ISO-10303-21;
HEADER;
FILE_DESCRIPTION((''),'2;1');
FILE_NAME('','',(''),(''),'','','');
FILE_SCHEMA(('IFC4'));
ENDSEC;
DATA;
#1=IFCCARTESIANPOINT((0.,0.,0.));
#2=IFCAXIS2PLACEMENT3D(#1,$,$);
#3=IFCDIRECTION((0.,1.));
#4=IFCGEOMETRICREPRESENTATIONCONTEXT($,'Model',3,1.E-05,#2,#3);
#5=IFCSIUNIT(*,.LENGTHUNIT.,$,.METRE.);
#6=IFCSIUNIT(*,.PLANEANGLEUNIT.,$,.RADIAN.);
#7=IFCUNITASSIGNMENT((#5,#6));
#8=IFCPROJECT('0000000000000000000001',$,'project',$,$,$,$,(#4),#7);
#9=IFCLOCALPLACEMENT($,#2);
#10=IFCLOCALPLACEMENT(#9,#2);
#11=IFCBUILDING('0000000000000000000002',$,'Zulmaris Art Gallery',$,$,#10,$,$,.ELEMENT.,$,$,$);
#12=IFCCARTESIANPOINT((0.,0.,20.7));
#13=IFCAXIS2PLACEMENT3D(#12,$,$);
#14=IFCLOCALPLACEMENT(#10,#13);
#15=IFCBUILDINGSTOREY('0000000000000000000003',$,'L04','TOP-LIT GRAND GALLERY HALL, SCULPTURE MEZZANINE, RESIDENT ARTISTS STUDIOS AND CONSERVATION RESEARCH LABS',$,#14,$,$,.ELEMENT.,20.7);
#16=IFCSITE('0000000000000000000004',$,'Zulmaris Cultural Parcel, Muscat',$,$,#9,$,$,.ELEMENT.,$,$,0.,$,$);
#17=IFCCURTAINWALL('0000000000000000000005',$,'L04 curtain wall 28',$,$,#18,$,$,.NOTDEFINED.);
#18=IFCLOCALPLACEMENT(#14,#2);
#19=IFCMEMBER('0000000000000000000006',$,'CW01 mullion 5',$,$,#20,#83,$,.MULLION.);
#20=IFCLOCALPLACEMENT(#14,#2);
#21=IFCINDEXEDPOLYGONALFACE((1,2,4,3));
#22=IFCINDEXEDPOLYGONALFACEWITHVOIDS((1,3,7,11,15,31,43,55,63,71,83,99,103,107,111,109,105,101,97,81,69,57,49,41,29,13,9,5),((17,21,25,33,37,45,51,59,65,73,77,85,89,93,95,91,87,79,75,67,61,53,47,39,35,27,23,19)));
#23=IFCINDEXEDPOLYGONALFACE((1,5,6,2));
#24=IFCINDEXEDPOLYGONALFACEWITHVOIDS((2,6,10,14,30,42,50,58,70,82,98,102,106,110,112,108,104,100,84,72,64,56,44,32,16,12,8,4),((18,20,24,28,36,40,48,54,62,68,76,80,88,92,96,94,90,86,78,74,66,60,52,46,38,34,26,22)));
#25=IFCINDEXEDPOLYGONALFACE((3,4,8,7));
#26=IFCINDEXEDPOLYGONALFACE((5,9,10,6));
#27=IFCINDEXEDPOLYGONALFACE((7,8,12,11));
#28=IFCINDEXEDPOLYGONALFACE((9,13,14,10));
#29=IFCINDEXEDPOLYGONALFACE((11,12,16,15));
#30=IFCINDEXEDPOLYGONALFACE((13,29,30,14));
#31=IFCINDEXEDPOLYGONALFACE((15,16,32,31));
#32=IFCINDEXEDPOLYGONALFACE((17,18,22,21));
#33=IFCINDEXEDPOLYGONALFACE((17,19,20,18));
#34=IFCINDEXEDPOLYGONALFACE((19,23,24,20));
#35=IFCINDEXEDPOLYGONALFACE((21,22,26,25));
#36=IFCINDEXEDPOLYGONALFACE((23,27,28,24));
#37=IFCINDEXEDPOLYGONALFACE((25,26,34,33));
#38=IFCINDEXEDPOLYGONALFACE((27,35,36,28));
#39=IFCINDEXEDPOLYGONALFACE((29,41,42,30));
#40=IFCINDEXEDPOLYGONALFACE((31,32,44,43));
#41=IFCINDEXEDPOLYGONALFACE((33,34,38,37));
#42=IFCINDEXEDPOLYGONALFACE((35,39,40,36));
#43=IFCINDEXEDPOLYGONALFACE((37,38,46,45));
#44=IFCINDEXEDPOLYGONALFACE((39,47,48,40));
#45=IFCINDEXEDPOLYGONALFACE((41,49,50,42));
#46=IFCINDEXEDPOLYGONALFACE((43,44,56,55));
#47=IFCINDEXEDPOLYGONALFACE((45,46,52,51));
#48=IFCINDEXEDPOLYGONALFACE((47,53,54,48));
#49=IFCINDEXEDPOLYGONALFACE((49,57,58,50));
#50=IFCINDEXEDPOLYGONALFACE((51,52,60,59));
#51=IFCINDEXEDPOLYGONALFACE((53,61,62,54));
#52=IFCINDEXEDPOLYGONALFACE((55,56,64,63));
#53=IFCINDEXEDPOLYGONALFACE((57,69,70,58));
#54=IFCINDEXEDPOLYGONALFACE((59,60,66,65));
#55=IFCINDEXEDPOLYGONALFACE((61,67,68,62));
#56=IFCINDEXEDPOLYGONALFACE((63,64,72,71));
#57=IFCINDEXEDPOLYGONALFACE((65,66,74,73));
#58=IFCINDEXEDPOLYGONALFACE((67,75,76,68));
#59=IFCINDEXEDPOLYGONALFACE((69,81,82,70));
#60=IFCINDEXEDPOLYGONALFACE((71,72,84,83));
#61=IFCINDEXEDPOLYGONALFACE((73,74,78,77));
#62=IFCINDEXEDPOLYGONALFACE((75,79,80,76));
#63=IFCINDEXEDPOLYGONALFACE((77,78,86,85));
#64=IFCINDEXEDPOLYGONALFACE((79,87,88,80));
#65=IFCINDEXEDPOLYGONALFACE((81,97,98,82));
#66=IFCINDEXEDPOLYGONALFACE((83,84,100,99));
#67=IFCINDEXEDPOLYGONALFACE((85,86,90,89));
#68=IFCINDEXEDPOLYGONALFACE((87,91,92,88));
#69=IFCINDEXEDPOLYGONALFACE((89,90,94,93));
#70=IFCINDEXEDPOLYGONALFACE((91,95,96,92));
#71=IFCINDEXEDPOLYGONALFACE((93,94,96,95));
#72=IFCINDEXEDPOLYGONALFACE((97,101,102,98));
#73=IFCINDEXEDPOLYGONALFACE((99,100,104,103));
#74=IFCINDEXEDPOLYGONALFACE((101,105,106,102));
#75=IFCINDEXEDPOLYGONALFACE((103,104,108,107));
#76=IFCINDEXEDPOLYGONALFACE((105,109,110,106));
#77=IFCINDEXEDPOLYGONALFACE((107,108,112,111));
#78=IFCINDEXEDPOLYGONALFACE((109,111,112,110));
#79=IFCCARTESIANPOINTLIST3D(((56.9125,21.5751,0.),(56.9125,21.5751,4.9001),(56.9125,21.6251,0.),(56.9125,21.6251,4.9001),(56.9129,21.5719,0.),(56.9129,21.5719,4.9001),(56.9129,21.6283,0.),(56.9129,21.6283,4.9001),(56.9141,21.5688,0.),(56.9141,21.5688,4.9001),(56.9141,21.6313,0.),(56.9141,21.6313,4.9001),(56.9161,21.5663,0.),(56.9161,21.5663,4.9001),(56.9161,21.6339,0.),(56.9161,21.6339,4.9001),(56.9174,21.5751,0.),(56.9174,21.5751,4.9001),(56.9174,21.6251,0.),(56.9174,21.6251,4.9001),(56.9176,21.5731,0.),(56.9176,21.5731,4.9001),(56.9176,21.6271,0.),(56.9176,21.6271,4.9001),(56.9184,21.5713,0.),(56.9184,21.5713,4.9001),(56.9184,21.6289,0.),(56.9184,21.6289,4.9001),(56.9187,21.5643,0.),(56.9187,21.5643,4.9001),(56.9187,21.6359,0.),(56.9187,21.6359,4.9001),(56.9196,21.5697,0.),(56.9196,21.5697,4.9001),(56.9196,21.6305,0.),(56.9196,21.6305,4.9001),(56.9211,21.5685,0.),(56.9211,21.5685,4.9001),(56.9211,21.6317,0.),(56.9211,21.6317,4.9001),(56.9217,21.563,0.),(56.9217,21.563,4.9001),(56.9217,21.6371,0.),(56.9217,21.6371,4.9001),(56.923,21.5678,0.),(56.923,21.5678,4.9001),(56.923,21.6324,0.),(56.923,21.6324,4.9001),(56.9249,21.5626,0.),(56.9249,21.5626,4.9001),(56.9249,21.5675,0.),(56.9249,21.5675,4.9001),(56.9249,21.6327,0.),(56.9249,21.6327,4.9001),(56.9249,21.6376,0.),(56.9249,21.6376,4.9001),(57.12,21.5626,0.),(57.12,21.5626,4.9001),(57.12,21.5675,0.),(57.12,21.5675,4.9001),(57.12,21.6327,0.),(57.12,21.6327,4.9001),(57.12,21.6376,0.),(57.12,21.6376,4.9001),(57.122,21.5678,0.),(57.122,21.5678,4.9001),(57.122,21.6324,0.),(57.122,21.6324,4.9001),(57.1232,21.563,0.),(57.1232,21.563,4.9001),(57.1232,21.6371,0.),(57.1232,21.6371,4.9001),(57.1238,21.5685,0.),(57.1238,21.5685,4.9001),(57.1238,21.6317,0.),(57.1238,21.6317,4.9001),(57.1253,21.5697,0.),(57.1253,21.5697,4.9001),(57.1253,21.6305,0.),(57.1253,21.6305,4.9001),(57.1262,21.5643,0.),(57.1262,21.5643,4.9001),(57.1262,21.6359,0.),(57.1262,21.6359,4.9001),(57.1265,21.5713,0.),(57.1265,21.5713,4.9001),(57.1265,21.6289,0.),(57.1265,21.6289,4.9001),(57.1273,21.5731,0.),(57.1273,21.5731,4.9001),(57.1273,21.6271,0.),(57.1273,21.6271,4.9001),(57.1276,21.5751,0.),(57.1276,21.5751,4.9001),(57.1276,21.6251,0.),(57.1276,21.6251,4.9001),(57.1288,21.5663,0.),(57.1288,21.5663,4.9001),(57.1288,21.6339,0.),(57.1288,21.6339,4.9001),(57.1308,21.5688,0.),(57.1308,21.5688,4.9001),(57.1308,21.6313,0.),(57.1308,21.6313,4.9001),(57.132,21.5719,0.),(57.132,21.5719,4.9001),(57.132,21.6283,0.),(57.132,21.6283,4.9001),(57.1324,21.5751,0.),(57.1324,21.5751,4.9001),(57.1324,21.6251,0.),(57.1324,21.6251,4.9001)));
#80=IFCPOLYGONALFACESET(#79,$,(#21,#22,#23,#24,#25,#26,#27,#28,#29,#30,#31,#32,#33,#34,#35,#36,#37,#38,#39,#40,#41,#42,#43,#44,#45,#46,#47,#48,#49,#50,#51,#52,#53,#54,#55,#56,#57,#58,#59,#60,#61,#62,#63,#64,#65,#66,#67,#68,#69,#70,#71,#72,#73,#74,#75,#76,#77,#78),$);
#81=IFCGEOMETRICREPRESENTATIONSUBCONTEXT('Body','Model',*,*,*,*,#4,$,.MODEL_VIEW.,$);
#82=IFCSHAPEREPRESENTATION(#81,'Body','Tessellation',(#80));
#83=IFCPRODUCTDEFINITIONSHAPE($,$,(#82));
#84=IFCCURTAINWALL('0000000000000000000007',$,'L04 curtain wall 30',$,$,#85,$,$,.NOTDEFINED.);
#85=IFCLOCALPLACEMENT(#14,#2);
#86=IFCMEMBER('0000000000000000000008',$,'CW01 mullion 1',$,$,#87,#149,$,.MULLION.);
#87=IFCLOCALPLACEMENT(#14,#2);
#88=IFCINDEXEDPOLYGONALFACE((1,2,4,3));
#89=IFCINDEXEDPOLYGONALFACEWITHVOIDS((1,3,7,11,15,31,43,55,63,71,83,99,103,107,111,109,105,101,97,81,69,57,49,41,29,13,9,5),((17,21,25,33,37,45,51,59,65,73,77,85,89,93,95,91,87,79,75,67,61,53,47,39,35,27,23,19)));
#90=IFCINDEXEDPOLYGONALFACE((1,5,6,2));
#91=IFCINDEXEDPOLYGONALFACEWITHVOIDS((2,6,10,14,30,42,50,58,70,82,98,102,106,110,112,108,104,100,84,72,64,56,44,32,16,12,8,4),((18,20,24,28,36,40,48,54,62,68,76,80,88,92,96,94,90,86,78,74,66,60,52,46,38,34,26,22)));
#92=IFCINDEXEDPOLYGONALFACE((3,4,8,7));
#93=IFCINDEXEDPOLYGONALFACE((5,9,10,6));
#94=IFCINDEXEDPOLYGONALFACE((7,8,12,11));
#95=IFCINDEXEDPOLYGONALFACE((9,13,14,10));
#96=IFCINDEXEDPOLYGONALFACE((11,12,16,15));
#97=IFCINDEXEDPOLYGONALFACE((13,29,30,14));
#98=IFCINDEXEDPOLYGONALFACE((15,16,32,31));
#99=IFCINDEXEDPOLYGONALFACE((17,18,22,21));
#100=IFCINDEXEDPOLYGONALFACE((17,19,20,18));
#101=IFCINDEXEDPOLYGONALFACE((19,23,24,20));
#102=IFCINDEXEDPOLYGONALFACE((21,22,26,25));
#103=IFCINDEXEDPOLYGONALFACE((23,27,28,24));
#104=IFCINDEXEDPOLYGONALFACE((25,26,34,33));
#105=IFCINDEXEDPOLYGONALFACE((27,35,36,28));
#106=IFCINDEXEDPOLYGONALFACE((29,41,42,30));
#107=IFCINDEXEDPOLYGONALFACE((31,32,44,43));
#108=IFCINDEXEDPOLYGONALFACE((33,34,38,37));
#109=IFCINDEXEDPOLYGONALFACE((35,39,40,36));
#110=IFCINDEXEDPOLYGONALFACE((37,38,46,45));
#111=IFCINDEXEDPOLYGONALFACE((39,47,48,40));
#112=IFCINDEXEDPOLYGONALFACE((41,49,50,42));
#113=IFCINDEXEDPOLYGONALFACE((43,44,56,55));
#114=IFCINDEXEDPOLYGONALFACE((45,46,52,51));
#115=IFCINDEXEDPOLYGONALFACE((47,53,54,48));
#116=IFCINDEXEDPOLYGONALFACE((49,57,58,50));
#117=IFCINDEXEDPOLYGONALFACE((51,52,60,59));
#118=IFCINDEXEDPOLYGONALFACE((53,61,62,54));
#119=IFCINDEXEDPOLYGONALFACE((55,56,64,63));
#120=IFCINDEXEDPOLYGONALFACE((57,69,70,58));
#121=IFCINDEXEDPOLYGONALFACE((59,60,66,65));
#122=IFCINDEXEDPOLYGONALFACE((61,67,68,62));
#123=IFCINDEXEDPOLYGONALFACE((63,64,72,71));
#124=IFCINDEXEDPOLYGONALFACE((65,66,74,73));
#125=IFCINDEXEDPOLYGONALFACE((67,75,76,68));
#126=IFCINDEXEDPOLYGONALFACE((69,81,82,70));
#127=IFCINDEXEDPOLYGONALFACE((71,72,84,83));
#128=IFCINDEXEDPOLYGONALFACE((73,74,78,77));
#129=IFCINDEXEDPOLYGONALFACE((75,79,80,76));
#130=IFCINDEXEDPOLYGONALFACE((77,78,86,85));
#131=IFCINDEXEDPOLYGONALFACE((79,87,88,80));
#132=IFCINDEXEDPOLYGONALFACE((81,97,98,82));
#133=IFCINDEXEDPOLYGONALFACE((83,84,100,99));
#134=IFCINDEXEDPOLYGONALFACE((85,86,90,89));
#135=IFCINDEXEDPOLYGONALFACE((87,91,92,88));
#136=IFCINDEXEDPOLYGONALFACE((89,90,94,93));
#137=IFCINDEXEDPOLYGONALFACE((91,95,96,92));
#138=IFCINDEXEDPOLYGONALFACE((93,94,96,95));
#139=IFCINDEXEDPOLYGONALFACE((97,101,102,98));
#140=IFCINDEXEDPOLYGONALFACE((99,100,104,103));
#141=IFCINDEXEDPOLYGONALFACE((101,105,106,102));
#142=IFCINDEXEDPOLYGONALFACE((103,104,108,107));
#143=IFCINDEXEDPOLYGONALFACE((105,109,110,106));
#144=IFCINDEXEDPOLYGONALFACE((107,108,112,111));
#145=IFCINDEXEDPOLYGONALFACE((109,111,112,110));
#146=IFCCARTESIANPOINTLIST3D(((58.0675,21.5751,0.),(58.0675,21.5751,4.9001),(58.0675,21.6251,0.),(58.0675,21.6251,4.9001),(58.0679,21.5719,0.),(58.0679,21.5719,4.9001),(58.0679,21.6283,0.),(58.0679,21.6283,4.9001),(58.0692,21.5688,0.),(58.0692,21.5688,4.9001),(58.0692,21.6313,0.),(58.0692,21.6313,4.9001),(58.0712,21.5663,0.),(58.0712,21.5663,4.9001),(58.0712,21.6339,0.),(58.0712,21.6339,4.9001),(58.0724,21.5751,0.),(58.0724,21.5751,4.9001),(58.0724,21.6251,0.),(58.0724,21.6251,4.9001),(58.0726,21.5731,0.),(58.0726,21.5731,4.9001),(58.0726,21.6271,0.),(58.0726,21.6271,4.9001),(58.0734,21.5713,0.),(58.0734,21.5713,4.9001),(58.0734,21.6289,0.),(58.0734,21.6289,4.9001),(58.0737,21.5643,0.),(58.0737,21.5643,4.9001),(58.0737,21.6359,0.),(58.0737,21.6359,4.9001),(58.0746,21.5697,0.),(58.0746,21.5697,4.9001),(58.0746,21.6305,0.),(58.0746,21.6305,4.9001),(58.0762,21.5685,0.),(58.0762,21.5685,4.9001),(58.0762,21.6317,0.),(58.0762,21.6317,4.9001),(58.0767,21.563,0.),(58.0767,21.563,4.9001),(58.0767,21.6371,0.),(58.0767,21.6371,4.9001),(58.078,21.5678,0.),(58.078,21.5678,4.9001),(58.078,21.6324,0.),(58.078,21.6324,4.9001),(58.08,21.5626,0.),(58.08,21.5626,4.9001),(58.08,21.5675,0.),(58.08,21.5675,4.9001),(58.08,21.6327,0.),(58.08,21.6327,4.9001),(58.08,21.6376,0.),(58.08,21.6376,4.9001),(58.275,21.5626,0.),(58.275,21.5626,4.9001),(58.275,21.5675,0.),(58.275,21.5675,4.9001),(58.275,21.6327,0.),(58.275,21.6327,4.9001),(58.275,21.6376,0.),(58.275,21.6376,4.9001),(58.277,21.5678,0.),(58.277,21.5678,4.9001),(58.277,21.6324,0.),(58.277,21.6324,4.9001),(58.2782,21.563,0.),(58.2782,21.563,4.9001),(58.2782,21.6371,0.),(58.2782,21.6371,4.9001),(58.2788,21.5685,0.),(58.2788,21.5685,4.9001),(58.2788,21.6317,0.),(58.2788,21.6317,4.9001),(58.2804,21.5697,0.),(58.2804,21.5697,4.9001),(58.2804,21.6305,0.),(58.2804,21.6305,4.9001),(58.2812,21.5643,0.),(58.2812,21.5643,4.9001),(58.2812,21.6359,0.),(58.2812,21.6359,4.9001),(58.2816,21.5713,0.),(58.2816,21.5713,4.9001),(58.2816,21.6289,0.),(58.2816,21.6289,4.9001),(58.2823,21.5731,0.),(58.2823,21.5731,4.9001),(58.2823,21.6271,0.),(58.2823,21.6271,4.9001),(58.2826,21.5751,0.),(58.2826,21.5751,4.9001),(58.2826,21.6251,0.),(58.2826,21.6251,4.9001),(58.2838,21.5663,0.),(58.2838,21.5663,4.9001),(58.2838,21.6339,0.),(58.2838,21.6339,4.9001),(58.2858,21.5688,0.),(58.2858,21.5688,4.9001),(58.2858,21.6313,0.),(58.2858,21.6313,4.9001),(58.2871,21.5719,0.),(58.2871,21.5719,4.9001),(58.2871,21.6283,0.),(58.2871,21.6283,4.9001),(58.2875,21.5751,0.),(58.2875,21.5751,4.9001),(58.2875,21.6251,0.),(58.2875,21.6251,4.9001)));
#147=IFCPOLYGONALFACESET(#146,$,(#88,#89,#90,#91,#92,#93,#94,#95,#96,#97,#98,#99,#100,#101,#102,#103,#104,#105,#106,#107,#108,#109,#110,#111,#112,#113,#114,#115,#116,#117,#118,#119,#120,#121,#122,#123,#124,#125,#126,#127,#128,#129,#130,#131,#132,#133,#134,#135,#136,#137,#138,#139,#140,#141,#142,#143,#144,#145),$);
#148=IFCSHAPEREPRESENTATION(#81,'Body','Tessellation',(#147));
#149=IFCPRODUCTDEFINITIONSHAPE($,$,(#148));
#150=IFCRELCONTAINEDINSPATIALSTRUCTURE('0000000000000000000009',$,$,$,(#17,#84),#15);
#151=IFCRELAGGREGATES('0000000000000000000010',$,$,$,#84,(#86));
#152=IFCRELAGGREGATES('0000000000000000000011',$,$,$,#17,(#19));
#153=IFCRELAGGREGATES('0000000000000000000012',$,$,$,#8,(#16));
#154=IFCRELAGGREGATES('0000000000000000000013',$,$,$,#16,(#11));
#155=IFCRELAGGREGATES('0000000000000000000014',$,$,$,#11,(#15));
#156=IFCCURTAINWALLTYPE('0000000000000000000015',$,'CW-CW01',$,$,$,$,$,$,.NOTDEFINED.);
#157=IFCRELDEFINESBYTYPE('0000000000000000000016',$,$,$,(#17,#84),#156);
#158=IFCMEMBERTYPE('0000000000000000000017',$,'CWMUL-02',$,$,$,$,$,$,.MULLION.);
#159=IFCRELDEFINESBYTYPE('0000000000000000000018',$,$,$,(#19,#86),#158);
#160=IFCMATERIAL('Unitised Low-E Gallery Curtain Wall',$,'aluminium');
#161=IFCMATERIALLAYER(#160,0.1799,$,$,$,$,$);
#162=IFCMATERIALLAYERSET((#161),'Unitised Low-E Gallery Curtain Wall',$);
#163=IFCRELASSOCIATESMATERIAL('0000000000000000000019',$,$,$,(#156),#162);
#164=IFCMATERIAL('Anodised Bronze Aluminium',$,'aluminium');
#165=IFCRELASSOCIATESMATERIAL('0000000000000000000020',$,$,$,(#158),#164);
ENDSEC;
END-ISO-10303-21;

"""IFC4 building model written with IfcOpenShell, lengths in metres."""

from ifc_helpers import new_model, si_unit, direction, frame, origin, origin_2d, place, context, subcontext, project, spatial, hollow_rectangle, extrude, material, layer, layer_set, material_profile, profile_set, type_object, element, aggregate, save


model = new_model("IFC4")

# Units and contexts
model_context = context("Model", 3, precision=1e-05, world=origin(), true_north=direction((0.0, 1.0)))
body_context = subcontext(model_context, "Body", "Model", "MODEL_VIEW")
ifc_project = project(units=[si_unit("LENGTHUNIT", "METRE"), si_unit("PLANEANGLEUNIT", "RADIAN")], contexts=[model_context])

# Site, building, storey
site_placement = place(None, origin())
site = spatial("IfcSite", under=ifc_project, at=site_placement, Name="Zulmaris Cultural Parcel, Muscat", CompositionType="ELEMENT", RefElevation=0.0)
building_placement = place(site_placement, origin())
building = spatial("IfcBuilding", under=site, at=building_placement, Name="Zulmaris Art Gallery", CompositionType="ELEMENT")
storey_placement = place(building_placement, frame((0.0, 0.0, 20.7)))
storey = spatial("IfcBuildingStorey", under=building, at=storey_placement, Name="L04", Description="TOP-LIT GRAND GALLERY HALL, SCULPTURE MEZZANINE, RESIDENT ARTISTS STUDIOS AND CONSERVATION RESEARCH LABS", CompositionType="ELEMENT", Elevation=20.7)

# Curtain wall, member
ifc_material_1 = material(Name="Unitised Low-E Gallery Curtain Wall", Category="aluminium")
ifc_layer_1 = layer(ifc_material_1, 0.1799)
ifc_layer_set_1 = layer_set([ifc_layer_1], Name="Unitised Low-E Gallery Curtain Wall")
curtain_wall_type_1 = type_object("IfcCurtainWallType", Name="CW-CW01", PredefinedType="NOTDEFINED", material=ifc_layer_set_1)
curtain_wall_1_placement = place(storey_placement, origin())
curtain_wall_1 = element("IfcCurtainWall", 1, at=curtain_wall_1_placement, inside=storey, type_object=curtain_wall_type_1, Name="L04 curtain wall 28", PredefinedType="NOTDEFINED")
ifc_material_2 = material(Name="Anodised Bronze Aluminium", Category="aluminium")
ifc_material_profile_1 = material_profile(ifc_material_2, hollow_rectangle(XDim=0.075, YDim=0.22, WallThickness=0.0049, InnerFilletRadius=0.0076, OuterFilletRadius=0.0125, at=origin_2d()), Name="ALU 75x220x5")
ifc_profile_set_1 = profile_set([ifc_material_profile_1], Name="Anodised Bronze Aluminium")
member_type_1 = type_object("IfcMemberType", Name="CWMUL-02", PredefinedType="MULLION", material=ifc_profile_set_1)
member_1_placement = place(storey_placement, frame((57.0225, 21.6001, 0.0), z_axis=(0.0, 0.0, 1.0), x_axis=(0.0, 1.0, 0.0)))
member_1 = element("IfcMember", 2, at=member_1_placement, type_object=member_type_1, Name="CW01 mullion 5", PredefinedType="MULLION", context=body_context, shape_type="SweptSolid", body=[
    extrude(hollow_rectangle(XDim=0.075, YDim=0.22, WallThickness=0.0049, InnerFilletRadius=0.0076, OuterFilletRadius=0.0125, at=origin_2d()), origin(), (0.0, 0.0, 1.0), 4.9001),
])

# Curtain wall, member
curtain_wall_2_placement = place(storey_placement, origin())
curtain_wall_2 = element("IfcCurtainWall", 3, at=curtain_wall_2_placement, inside=storey, type_object=curtain_wall_type_1, Name="L04 curtain wall 30", PredefinedType="NOTDEFINED")
member_2_placement = place(storey_placement, frame((58.1775, 21.6001, 0.0), z_axis=(0.0, 0.0, 1.0), x_axis=(0.0, 1.0, 0.0)))
member_2 = element("IfcMember", 4, at=member_2_placement, type_object=member_type_1, Name="CW01 mullion 1", PredefinedType="MULLION", context=body_context, shape_type="SweptSolid", body=[
    extrude(hollow_rectangle(XDim=0.075, YDim=0.22, WallThickness=0.0049, InnerFilletRadius=0.0076, OuterFilletRadius=0.0125, at=origin_2d()), origin(), (0.0, 0.0, 1.0), 4.9001),
])

aggregate(curtain_wall_2, [member_2])

aggregate(curtain_wall_1, [member_1])

save(model, "model.ifc")
